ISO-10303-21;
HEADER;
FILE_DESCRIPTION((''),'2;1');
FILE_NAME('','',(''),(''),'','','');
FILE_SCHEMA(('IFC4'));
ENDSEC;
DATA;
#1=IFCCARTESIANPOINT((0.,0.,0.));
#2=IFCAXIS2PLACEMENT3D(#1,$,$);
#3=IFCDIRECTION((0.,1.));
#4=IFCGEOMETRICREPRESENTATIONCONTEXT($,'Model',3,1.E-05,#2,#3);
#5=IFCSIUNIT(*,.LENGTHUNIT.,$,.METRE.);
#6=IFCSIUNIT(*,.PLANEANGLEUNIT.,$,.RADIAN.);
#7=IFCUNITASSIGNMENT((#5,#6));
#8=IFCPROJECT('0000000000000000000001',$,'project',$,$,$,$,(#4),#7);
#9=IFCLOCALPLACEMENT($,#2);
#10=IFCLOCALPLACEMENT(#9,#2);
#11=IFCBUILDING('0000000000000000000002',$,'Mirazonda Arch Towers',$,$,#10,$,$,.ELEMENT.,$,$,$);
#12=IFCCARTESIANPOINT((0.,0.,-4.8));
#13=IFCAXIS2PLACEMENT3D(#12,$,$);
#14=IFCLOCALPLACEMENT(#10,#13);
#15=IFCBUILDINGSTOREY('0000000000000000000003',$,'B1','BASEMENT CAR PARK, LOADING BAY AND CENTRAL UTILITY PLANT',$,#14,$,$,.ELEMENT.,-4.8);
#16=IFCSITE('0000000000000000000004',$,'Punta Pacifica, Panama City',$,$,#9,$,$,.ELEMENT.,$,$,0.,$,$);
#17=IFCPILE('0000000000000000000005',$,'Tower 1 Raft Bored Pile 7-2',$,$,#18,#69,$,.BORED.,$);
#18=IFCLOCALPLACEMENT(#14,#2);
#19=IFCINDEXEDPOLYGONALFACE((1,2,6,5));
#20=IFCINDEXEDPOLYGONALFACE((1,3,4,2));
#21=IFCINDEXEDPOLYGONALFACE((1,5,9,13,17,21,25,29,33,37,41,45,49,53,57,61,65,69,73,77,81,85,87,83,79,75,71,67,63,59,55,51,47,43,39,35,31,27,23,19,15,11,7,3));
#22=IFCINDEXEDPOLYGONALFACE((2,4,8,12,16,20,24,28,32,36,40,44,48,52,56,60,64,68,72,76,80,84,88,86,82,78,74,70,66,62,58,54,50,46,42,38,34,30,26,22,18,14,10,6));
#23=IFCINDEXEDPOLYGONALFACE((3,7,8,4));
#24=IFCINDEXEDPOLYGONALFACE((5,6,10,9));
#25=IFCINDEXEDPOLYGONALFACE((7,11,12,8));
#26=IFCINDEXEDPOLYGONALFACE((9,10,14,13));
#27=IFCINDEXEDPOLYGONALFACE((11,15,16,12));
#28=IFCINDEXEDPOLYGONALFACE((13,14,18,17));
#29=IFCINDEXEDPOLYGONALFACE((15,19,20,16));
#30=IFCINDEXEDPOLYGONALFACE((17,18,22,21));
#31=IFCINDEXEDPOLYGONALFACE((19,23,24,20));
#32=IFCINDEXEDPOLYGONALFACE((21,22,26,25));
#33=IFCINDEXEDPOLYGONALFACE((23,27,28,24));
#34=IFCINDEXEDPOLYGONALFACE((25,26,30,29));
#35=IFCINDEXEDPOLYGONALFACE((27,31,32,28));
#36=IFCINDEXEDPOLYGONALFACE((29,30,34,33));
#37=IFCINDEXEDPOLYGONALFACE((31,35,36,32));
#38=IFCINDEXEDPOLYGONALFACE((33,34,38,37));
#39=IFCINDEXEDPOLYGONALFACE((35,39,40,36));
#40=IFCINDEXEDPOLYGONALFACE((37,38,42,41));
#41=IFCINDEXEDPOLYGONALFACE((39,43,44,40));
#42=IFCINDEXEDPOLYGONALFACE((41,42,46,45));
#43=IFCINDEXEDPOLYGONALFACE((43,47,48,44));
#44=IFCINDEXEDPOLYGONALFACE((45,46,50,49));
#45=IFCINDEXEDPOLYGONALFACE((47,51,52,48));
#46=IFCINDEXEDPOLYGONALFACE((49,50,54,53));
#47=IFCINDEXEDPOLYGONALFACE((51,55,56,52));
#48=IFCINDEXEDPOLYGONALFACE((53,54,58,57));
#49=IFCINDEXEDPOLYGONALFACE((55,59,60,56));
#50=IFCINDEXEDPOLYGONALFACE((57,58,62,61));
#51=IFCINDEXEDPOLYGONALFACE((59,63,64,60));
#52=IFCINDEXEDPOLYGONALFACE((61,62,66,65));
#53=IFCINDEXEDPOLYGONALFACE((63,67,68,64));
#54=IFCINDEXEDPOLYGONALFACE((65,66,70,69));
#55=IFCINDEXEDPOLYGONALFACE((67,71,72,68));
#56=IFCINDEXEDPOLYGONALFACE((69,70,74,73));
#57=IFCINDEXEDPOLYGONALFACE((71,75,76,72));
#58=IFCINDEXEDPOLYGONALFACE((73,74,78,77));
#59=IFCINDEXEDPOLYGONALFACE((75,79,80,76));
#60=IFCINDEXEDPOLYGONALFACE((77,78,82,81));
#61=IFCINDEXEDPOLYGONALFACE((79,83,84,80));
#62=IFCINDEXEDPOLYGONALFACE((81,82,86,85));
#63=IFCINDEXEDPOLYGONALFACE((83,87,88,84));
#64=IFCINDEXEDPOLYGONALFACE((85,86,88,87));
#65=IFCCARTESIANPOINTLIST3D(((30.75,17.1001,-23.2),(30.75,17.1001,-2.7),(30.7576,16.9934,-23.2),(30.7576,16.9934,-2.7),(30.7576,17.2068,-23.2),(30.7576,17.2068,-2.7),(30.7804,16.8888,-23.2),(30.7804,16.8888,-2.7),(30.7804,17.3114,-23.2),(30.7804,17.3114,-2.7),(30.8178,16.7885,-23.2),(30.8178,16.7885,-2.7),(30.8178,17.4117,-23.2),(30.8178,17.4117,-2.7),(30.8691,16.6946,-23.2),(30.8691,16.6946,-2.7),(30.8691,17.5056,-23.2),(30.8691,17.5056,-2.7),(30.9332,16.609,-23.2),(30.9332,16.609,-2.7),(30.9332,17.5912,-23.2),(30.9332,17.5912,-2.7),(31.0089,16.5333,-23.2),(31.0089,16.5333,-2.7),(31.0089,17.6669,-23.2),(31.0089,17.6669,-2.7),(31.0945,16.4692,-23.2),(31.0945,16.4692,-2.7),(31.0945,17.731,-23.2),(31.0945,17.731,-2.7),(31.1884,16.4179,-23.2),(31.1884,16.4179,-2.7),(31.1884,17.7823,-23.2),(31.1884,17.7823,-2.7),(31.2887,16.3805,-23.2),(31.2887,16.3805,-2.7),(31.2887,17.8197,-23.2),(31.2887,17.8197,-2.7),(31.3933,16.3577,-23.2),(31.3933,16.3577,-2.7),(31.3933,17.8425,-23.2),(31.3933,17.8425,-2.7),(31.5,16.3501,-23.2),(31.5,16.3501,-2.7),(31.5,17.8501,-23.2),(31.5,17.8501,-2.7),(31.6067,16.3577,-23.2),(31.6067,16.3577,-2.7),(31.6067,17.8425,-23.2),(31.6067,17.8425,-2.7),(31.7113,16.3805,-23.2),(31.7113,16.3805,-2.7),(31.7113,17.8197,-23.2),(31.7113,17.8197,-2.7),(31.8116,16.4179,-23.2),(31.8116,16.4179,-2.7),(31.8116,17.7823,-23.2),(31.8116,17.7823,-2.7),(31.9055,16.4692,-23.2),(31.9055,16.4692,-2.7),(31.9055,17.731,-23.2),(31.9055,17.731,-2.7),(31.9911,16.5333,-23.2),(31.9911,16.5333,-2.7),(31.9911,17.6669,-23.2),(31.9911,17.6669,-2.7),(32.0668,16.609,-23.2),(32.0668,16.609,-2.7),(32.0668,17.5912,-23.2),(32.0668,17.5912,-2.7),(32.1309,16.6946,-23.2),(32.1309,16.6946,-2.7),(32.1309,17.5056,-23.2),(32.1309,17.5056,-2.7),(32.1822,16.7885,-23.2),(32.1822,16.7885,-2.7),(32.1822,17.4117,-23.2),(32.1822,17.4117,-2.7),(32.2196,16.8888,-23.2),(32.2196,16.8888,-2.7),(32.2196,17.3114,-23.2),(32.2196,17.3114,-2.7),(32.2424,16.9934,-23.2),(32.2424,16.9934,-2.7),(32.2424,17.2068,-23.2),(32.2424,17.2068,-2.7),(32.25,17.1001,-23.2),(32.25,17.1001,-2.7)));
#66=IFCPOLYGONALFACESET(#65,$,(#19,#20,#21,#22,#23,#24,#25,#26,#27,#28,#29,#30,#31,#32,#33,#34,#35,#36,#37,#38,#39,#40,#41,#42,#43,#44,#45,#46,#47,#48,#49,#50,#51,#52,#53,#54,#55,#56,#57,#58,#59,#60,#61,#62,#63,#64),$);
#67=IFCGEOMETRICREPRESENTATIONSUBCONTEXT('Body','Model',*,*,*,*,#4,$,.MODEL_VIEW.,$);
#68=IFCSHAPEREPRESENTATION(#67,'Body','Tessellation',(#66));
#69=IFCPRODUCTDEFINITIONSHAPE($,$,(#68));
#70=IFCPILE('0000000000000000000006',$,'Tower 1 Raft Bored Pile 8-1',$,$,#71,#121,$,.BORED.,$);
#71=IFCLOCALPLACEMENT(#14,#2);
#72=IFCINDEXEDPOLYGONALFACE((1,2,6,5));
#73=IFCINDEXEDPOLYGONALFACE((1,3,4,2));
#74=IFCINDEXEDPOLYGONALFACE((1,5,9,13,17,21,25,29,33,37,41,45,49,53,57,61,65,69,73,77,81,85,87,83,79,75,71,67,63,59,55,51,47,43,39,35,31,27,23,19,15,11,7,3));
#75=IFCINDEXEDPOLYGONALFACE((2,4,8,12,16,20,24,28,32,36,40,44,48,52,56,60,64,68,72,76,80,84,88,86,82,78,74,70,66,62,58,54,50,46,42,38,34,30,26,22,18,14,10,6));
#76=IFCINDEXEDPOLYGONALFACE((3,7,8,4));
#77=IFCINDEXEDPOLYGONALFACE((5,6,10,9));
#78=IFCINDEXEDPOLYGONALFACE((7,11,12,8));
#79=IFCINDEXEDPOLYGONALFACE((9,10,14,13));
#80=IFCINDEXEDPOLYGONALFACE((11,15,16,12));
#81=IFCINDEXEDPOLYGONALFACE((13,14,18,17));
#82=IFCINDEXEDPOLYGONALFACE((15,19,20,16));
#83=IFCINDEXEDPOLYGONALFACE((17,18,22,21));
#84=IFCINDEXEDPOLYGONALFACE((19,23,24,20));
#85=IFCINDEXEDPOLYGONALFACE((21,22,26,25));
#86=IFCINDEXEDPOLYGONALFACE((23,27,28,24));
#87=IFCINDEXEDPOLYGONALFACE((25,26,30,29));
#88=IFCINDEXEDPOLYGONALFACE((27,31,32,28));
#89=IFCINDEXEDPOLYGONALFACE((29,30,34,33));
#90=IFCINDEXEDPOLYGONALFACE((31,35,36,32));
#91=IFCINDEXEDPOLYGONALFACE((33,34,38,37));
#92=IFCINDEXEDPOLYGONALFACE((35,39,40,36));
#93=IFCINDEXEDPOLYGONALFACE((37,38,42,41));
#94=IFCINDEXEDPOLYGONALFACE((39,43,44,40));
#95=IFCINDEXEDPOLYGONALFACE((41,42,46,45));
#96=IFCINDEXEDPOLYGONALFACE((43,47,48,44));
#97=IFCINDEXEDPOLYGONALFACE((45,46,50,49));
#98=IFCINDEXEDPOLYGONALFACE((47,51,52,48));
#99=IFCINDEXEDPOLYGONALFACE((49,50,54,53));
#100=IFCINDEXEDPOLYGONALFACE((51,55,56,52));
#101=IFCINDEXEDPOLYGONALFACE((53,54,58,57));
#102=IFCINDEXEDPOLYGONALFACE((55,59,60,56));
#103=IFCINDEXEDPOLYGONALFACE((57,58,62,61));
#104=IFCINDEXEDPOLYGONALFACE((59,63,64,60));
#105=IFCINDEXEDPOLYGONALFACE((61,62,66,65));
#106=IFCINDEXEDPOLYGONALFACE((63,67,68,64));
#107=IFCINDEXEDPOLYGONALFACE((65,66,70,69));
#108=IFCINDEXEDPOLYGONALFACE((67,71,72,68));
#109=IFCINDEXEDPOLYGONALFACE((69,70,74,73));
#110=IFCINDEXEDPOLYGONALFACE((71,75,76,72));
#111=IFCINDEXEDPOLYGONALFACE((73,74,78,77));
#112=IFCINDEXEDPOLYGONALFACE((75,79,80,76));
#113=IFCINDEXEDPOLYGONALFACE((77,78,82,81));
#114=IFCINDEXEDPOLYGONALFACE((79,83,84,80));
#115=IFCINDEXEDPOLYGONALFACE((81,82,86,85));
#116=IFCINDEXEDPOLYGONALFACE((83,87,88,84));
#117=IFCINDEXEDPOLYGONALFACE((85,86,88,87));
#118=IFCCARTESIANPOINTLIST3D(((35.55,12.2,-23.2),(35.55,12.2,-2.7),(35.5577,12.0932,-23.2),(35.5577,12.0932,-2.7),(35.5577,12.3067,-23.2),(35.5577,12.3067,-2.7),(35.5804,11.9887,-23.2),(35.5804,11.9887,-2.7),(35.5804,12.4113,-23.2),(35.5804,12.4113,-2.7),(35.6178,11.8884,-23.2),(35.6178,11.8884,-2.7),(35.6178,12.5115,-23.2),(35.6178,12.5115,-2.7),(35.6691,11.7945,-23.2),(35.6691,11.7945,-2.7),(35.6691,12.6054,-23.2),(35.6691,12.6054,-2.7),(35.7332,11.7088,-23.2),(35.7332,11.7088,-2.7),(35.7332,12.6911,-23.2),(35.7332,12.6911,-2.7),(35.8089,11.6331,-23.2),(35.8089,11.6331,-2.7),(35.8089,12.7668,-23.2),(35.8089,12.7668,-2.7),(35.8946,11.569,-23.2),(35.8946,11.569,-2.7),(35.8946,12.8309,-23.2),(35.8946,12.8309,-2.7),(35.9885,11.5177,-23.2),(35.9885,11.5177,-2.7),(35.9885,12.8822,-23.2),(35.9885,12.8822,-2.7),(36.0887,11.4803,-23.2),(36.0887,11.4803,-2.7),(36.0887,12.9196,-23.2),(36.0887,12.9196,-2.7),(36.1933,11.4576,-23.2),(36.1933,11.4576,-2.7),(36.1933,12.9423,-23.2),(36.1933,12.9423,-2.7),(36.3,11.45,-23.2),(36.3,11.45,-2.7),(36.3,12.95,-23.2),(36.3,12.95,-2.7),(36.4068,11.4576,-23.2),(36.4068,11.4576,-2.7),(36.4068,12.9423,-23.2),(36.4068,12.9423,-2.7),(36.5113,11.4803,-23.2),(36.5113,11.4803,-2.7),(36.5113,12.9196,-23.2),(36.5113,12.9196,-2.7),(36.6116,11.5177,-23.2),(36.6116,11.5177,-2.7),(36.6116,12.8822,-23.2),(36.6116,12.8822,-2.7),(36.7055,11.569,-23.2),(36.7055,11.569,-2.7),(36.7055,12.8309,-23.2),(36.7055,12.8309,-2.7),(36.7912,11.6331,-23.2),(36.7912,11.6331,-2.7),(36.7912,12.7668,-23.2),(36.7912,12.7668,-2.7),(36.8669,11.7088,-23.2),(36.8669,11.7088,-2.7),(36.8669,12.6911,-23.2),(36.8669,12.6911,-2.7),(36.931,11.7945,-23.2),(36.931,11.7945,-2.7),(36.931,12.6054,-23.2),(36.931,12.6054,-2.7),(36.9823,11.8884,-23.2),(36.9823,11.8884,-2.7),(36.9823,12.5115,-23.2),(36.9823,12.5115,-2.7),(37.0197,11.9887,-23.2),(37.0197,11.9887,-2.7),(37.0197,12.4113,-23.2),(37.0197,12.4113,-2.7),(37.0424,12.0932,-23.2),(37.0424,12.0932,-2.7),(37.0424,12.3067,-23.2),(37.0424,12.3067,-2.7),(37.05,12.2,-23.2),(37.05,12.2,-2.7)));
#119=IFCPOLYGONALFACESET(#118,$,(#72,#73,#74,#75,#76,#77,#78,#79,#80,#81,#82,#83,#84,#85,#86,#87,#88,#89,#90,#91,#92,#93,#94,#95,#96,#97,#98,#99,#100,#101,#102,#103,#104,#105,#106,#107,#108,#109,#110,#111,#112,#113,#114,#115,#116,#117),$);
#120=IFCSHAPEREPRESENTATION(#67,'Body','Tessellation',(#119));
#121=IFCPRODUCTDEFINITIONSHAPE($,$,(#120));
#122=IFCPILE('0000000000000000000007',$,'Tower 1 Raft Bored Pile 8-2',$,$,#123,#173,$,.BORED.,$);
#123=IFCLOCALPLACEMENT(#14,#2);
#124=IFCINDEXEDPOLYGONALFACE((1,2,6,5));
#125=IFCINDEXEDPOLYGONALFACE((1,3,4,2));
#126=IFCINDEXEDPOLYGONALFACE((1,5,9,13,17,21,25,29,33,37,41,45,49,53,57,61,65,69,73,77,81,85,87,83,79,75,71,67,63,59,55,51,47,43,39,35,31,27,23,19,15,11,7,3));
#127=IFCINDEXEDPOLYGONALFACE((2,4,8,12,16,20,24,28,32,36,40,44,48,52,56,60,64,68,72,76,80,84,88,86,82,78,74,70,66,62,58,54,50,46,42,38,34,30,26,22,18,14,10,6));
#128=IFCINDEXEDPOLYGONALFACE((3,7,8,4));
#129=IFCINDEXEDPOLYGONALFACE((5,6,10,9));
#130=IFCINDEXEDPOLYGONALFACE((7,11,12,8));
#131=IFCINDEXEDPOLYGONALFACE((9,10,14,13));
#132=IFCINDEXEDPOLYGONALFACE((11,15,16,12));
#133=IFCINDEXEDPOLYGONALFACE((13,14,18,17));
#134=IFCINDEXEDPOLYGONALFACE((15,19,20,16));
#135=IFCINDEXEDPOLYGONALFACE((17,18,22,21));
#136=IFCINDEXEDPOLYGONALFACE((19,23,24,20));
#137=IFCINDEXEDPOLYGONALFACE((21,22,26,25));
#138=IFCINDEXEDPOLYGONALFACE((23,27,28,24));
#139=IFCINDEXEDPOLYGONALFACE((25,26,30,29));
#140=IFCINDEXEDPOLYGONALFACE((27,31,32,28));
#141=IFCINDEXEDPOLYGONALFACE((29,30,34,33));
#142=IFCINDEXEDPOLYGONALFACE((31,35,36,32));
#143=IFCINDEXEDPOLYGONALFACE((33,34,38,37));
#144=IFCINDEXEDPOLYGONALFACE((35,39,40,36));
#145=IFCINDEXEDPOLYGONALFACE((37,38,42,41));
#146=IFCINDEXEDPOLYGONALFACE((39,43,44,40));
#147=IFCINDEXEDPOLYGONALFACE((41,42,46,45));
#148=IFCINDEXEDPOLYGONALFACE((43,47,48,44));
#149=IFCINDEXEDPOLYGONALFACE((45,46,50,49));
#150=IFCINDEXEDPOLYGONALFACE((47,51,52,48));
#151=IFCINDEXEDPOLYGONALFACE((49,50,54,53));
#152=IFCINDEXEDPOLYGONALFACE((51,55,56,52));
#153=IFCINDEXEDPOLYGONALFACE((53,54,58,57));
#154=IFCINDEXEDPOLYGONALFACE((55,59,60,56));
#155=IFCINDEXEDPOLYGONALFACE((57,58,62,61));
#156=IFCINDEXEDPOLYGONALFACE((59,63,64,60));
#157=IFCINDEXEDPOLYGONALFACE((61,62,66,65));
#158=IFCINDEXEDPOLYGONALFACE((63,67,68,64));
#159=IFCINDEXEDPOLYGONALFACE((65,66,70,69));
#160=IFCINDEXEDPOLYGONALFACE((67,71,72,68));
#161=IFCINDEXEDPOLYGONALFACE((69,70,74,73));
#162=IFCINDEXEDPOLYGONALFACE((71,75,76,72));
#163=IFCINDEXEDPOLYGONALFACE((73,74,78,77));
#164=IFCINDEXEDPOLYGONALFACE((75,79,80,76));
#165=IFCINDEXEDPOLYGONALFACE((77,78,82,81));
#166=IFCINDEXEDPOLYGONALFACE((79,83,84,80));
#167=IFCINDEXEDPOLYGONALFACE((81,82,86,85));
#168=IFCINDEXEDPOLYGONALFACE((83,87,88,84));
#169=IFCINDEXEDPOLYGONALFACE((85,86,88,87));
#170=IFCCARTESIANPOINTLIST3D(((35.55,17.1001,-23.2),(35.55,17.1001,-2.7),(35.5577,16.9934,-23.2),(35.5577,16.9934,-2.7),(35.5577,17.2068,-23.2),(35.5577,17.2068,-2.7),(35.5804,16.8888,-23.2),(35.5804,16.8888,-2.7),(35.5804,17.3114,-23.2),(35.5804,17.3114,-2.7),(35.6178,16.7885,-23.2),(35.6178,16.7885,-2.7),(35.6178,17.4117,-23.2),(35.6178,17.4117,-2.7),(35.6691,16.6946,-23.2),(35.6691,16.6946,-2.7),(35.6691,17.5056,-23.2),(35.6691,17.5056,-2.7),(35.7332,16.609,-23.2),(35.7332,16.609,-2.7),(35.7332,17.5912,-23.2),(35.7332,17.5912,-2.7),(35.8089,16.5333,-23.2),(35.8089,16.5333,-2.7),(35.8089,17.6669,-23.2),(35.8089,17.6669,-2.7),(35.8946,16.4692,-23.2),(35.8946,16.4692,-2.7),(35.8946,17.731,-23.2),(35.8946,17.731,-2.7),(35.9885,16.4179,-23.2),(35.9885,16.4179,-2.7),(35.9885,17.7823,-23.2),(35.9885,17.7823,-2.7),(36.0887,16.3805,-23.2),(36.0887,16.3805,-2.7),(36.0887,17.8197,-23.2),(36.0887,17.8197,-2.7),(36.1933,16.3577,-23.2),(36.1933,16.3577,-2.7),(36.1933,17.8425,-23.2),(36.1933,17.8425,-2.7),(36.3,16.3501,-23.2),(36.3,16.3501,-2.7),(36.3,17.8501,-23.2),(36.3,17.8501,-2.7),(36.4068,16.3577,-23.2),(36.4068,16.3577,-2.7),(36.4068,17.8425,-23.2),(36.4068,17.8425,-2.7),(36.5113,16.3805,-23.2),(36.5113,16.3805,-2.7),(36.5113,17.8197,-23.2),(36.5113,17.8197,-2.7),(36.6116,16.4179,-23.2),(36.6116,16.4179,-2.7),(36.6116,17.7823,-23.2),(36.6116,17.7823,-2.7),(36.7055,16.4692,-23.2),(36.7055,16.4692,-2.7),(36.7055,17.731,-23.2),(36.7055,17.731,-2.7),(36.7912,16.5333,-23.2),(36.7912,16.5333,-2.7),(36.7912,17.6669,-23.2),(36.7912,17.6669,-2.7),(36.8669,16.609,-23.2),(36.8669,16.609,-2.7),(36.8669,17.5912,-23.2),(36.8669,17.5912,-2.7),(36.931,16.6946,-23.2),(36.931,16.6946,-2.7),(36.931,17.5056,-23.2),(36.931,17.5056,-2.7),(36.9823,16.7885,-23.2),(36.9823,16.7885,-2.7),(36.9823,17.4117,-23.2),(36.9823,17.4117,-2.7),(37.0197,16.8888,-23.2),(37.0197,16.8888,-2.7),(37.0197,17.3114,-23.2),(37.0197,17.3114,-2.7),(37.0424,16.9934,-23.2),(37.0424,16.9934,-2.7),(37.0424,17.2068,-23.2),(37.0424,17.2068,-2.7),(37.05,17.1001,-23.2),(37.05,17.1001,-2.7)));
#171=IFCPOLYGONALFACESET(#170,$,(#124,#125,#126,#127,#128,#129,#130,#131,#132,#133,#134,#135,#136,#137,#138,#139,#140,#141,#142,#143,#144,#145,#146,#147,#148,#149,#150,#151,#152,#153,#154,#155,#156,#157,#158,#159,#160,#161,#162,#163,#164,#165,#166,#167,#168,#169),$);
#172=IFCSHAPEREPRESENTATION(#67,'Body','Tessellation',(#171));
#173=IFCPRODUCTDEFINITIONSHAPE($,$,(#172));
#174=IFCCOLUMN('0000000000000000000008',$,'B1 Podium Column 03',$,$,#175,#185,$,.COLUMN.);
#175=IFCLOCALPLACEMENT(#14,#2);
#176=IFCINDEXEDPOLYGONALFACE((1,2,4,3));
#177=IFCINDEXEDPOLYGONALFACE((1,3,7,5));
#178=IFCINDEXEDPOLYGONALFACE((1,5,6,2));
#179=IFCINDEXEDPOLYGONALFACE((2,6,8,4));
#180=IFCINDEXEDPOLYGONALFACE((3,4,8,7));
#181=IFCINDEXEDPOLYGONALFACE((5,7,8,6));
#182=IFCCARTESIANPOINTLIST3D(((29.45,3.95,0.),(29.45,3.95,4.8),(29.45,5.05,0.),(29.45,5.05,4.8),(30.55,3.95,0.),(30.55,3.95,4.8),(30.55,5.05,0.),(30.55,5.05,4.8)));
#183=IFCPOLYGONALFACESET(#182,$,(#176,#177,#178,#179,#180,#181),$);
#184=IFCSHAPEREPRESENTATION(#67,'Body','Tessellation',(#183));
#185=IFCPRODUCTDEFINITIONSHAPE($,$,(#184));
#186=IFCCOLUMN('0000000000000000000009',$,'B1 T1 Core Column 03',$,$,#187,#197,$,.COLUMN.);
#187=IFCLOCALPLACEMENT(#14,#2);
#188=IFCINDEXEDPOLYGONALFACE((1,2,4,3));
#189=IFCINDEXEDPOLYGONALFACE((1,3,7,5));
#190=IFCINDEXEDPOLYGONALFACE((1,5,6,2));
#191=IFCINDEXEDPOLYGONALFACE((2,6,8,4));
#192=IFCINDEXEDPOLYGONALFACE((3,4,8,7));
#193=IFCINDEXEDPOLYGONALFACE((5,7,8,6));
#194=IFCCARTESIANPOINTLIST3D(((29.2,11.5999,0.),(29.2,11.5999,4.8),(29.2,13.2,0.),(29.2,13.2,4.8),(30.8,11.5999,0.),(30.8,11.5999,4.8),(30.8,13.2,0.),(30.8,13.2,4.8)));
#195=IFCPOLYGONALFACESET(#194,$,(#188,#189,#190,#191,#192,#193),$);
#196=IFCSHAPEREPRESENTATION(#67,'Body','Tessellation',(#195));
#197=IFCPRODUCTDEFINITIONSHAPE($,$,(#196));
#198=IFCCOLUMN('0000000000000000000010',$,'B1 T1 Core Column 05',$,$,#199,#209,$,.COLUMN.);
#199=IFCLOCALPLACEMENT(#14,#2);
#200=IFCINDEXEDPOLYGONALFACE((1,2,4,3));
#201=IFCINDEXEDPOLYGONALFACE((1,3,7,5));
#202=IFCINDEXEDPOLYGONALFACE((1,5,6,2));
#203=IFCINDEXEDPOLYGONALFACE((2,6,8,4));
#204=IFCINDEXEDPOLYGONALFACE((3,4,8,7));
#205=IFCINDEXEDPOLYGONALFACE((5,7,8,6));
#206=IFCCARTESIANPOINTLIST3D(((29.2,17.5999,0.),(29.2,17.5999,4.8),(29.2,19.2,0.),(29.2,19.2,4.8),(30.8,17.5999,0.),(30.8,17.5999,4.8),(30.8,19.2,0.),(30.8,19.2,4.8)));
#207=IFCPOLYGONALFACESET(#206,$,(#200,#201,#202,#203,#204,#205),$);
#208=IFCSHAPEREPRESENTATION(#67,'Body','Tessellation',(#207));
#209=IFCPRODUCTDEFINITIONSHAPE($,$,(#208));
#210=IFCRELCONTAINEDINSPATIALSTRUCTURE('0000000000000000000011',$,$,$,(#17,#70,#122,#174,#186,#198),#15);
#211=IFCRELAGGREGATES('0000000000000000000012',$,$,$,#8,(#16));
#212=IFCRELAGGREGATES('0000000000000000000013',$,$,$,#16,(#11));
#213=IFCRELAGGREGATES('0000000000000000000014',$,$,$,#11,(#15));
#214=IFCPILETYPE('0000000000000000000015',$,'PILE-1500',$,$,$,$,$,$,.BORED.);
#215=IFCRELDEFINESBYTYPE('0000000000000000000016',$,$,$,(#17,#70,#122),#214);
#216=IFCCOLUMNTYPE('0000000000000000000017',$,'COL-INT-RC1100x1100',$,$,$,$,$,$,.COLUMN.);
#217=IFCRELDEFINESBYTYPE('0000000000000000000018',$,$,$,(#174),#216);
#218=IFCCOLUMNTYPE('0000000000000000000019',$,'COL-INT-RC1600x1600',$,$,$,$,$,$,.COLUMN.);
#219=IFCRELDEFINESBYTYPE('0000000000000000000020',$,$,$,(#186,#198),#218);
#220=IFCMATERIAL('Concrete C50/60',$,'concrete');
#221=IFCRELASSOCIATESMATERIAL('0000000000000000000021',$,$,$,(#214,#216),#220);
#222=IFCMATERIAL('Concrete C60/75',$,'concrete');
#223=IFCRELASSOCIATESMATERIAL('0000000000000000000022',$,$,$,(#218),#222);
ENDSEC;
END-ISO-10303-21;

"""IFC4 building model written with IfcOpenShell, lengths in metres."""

from ifc_helpers import new_model, si_unit, direction, frame, origin, origin_2d, place, context, subcontext, project, spatial, rectangle, circle, extrude, material, material_profile, profile_set, type_object, element, save


model = new_model("IFC4")

# Units and contexts
model_context = context("Model", 3, precision=1e-05, world=origin(), true_north=direction((0.0, 1.0)))
body_context = subcontext(model_context, "Body", "Model", "MODEL_VIEW")
ifc_project = project(units=[si_unit("LENGTHUNIT", "METRE"), si_unit("PLANEANGLEUNIT", "RADIAN")], contexts=[model_context])

# Site, building, storey
site_placement = place(None, origin())
site = spatial("IfcSite", under=ifc_project, at=site_placement, Name="Punta Pacifica, Panama City", CompositionType="ELEMENT", RefElevation=0.0)
building_placement = place(site_placement, origin())
building = spatial("IfcBuilding", under=site, at=building_placement, Name="Mirazonda Arch Towers", CompositionType="ELEMENT")
storey_placement = place(building_placement, frame((0.0, 0.0, -4.8)))
storey = spatial("IfcBuildingStorey", under=building, at=storey_placement, Name="B1", Description="BASEMENT CAR PARK, LOADING BAY AND CENTRAL UTILITY PLANT", CompositionType="ELEMENT", Elevation=-4.8)

# Piles
ifc_material_1 = material(Name="Concrete C50/60", Category="concrete")
ifc_material_profile_1 = material_profile(ifc_material_1, circle(Radius=0.75, at=origin_2d()), Name="BORED-D1500")
ifc_profile_set_1 = profile_set([ifc_material_profile_1], Name="Concrete C50/60")
pile_type_1 = type_object("IfcPileType", Name="PILE-1500", PredefinedType="BORED", material=ifc_profile_set_1)
for number, where, z_axis, x_axis, name in (
    (1, (31.5, 17.1001, -2.7), (0.0, 0.0, -1.0), (1.0, 0.0, 0.0), "Tower 1 Raft Bored Pile 7-2"),
    (2, (36.3, 12.2, -2.7), (0.0, 0.0, -1.0), (1.0, 0.0, 0.0), "Tower 1 Raft Bored Pile 8-1"),
    (3, (36.3, 17.1001, -2.7), (0.0, 0.0, -1.0), (1.0, 0.0, 0.0), "Tower 1 Raft Bored Pile 8-2"),
):
    element("IfcPile", number, at=place(storey_placement, frame(where, z_axis=z_axis, x_axis=x_axis)), inside=storey, type_object=pile_type_1, Name=name, PredefinedType="BORED", context=body_context, shape_type="SweptSolid", body=[
        extrude(circle(Radius=0.75, at=origin_2d()), origin(), (0.0, 0.0, 1.0), 20.5),
    ])

# Columns
ifc_material_profile_2 = material_profile(ifc_material_1, rectangle(XDim=1.1001, YDim=1.1001, at=origin_2d()), Name="RC1100x1100")
ifc_profile_set_2 = profile_set([ifc_material_profile_2], Name="Concrete C50/60")
column_type_1 = type_object("IfcColumnType", Name="COL-INT-RC1100x1100", PredefinedType="COLUMN", material=ifc_profile_set_2)
column_1_placement = place(storey_placement, frame((30.0, 4.5, 0.0), z_axis=(0.0, 0.0, 1.0), x_axis=(1.0, 0.0, 0.0)))
element("IfcColumn", 4, at=column_1_placement, inside=storey, type_object=column_type_1, Name="B1 Podium Column 03", PredefinedType="COLUMN", context=body_context, shape_type="SweptSolid", body=[
    extrude(rectangle(XDim=1.1001, YDim=1.1001, at=origin_2d()), origin(), (0.0, 0.0, 1.0), 4.8),
])
ifc_material_2 = material(Name="Concrete C60/75", Category="concrete")
ifc_material_profile_3 = material_profile(ifc_material_2, rectangle(XDim=1.6001, YDim=1.6001, at=origin_2d()), Name="RC1600x1600")
ifc_profile_set_3 = profile_set([ifc_material_profile_3], Name="Concrete C60/75")
column_type_2 = type_object("IfcColumnType", Name="COL-INT-RC1600x1600", PredefinedType="COLUMN", material=ifc_profile_set_3)
for number, where, z_axis, x_axis, name in (
    (5, (30.0, 12.3999, 0.0), (0.0, 0.0, 1.0), (1.0, 0.0, 0.0), "B1 T1 Core Column 03"),
    (6, (30.0, 18.3999, 0.0), (0.0, 0.0, 1.0), (1.0, 0.0, 0.0), "B1 T1 Core Column 05"),
):
    element("IfcColumn", number, at=place(storey_placement, frame(where, z_axis=z_axis, x_axis=x_axis)), inside=storey, type_object=column_type_2, Name=name, PredefinedType="COLUMN", context=body_context, shape_type="SweptSolid", body=[
        extrude(rectangle(XDim=1.6001, YDim=1.6001, at=origin_2d()), origin(), (0.0, 0.0, 1.0), 4.8),
    ])

save(model, "model.ifc")
